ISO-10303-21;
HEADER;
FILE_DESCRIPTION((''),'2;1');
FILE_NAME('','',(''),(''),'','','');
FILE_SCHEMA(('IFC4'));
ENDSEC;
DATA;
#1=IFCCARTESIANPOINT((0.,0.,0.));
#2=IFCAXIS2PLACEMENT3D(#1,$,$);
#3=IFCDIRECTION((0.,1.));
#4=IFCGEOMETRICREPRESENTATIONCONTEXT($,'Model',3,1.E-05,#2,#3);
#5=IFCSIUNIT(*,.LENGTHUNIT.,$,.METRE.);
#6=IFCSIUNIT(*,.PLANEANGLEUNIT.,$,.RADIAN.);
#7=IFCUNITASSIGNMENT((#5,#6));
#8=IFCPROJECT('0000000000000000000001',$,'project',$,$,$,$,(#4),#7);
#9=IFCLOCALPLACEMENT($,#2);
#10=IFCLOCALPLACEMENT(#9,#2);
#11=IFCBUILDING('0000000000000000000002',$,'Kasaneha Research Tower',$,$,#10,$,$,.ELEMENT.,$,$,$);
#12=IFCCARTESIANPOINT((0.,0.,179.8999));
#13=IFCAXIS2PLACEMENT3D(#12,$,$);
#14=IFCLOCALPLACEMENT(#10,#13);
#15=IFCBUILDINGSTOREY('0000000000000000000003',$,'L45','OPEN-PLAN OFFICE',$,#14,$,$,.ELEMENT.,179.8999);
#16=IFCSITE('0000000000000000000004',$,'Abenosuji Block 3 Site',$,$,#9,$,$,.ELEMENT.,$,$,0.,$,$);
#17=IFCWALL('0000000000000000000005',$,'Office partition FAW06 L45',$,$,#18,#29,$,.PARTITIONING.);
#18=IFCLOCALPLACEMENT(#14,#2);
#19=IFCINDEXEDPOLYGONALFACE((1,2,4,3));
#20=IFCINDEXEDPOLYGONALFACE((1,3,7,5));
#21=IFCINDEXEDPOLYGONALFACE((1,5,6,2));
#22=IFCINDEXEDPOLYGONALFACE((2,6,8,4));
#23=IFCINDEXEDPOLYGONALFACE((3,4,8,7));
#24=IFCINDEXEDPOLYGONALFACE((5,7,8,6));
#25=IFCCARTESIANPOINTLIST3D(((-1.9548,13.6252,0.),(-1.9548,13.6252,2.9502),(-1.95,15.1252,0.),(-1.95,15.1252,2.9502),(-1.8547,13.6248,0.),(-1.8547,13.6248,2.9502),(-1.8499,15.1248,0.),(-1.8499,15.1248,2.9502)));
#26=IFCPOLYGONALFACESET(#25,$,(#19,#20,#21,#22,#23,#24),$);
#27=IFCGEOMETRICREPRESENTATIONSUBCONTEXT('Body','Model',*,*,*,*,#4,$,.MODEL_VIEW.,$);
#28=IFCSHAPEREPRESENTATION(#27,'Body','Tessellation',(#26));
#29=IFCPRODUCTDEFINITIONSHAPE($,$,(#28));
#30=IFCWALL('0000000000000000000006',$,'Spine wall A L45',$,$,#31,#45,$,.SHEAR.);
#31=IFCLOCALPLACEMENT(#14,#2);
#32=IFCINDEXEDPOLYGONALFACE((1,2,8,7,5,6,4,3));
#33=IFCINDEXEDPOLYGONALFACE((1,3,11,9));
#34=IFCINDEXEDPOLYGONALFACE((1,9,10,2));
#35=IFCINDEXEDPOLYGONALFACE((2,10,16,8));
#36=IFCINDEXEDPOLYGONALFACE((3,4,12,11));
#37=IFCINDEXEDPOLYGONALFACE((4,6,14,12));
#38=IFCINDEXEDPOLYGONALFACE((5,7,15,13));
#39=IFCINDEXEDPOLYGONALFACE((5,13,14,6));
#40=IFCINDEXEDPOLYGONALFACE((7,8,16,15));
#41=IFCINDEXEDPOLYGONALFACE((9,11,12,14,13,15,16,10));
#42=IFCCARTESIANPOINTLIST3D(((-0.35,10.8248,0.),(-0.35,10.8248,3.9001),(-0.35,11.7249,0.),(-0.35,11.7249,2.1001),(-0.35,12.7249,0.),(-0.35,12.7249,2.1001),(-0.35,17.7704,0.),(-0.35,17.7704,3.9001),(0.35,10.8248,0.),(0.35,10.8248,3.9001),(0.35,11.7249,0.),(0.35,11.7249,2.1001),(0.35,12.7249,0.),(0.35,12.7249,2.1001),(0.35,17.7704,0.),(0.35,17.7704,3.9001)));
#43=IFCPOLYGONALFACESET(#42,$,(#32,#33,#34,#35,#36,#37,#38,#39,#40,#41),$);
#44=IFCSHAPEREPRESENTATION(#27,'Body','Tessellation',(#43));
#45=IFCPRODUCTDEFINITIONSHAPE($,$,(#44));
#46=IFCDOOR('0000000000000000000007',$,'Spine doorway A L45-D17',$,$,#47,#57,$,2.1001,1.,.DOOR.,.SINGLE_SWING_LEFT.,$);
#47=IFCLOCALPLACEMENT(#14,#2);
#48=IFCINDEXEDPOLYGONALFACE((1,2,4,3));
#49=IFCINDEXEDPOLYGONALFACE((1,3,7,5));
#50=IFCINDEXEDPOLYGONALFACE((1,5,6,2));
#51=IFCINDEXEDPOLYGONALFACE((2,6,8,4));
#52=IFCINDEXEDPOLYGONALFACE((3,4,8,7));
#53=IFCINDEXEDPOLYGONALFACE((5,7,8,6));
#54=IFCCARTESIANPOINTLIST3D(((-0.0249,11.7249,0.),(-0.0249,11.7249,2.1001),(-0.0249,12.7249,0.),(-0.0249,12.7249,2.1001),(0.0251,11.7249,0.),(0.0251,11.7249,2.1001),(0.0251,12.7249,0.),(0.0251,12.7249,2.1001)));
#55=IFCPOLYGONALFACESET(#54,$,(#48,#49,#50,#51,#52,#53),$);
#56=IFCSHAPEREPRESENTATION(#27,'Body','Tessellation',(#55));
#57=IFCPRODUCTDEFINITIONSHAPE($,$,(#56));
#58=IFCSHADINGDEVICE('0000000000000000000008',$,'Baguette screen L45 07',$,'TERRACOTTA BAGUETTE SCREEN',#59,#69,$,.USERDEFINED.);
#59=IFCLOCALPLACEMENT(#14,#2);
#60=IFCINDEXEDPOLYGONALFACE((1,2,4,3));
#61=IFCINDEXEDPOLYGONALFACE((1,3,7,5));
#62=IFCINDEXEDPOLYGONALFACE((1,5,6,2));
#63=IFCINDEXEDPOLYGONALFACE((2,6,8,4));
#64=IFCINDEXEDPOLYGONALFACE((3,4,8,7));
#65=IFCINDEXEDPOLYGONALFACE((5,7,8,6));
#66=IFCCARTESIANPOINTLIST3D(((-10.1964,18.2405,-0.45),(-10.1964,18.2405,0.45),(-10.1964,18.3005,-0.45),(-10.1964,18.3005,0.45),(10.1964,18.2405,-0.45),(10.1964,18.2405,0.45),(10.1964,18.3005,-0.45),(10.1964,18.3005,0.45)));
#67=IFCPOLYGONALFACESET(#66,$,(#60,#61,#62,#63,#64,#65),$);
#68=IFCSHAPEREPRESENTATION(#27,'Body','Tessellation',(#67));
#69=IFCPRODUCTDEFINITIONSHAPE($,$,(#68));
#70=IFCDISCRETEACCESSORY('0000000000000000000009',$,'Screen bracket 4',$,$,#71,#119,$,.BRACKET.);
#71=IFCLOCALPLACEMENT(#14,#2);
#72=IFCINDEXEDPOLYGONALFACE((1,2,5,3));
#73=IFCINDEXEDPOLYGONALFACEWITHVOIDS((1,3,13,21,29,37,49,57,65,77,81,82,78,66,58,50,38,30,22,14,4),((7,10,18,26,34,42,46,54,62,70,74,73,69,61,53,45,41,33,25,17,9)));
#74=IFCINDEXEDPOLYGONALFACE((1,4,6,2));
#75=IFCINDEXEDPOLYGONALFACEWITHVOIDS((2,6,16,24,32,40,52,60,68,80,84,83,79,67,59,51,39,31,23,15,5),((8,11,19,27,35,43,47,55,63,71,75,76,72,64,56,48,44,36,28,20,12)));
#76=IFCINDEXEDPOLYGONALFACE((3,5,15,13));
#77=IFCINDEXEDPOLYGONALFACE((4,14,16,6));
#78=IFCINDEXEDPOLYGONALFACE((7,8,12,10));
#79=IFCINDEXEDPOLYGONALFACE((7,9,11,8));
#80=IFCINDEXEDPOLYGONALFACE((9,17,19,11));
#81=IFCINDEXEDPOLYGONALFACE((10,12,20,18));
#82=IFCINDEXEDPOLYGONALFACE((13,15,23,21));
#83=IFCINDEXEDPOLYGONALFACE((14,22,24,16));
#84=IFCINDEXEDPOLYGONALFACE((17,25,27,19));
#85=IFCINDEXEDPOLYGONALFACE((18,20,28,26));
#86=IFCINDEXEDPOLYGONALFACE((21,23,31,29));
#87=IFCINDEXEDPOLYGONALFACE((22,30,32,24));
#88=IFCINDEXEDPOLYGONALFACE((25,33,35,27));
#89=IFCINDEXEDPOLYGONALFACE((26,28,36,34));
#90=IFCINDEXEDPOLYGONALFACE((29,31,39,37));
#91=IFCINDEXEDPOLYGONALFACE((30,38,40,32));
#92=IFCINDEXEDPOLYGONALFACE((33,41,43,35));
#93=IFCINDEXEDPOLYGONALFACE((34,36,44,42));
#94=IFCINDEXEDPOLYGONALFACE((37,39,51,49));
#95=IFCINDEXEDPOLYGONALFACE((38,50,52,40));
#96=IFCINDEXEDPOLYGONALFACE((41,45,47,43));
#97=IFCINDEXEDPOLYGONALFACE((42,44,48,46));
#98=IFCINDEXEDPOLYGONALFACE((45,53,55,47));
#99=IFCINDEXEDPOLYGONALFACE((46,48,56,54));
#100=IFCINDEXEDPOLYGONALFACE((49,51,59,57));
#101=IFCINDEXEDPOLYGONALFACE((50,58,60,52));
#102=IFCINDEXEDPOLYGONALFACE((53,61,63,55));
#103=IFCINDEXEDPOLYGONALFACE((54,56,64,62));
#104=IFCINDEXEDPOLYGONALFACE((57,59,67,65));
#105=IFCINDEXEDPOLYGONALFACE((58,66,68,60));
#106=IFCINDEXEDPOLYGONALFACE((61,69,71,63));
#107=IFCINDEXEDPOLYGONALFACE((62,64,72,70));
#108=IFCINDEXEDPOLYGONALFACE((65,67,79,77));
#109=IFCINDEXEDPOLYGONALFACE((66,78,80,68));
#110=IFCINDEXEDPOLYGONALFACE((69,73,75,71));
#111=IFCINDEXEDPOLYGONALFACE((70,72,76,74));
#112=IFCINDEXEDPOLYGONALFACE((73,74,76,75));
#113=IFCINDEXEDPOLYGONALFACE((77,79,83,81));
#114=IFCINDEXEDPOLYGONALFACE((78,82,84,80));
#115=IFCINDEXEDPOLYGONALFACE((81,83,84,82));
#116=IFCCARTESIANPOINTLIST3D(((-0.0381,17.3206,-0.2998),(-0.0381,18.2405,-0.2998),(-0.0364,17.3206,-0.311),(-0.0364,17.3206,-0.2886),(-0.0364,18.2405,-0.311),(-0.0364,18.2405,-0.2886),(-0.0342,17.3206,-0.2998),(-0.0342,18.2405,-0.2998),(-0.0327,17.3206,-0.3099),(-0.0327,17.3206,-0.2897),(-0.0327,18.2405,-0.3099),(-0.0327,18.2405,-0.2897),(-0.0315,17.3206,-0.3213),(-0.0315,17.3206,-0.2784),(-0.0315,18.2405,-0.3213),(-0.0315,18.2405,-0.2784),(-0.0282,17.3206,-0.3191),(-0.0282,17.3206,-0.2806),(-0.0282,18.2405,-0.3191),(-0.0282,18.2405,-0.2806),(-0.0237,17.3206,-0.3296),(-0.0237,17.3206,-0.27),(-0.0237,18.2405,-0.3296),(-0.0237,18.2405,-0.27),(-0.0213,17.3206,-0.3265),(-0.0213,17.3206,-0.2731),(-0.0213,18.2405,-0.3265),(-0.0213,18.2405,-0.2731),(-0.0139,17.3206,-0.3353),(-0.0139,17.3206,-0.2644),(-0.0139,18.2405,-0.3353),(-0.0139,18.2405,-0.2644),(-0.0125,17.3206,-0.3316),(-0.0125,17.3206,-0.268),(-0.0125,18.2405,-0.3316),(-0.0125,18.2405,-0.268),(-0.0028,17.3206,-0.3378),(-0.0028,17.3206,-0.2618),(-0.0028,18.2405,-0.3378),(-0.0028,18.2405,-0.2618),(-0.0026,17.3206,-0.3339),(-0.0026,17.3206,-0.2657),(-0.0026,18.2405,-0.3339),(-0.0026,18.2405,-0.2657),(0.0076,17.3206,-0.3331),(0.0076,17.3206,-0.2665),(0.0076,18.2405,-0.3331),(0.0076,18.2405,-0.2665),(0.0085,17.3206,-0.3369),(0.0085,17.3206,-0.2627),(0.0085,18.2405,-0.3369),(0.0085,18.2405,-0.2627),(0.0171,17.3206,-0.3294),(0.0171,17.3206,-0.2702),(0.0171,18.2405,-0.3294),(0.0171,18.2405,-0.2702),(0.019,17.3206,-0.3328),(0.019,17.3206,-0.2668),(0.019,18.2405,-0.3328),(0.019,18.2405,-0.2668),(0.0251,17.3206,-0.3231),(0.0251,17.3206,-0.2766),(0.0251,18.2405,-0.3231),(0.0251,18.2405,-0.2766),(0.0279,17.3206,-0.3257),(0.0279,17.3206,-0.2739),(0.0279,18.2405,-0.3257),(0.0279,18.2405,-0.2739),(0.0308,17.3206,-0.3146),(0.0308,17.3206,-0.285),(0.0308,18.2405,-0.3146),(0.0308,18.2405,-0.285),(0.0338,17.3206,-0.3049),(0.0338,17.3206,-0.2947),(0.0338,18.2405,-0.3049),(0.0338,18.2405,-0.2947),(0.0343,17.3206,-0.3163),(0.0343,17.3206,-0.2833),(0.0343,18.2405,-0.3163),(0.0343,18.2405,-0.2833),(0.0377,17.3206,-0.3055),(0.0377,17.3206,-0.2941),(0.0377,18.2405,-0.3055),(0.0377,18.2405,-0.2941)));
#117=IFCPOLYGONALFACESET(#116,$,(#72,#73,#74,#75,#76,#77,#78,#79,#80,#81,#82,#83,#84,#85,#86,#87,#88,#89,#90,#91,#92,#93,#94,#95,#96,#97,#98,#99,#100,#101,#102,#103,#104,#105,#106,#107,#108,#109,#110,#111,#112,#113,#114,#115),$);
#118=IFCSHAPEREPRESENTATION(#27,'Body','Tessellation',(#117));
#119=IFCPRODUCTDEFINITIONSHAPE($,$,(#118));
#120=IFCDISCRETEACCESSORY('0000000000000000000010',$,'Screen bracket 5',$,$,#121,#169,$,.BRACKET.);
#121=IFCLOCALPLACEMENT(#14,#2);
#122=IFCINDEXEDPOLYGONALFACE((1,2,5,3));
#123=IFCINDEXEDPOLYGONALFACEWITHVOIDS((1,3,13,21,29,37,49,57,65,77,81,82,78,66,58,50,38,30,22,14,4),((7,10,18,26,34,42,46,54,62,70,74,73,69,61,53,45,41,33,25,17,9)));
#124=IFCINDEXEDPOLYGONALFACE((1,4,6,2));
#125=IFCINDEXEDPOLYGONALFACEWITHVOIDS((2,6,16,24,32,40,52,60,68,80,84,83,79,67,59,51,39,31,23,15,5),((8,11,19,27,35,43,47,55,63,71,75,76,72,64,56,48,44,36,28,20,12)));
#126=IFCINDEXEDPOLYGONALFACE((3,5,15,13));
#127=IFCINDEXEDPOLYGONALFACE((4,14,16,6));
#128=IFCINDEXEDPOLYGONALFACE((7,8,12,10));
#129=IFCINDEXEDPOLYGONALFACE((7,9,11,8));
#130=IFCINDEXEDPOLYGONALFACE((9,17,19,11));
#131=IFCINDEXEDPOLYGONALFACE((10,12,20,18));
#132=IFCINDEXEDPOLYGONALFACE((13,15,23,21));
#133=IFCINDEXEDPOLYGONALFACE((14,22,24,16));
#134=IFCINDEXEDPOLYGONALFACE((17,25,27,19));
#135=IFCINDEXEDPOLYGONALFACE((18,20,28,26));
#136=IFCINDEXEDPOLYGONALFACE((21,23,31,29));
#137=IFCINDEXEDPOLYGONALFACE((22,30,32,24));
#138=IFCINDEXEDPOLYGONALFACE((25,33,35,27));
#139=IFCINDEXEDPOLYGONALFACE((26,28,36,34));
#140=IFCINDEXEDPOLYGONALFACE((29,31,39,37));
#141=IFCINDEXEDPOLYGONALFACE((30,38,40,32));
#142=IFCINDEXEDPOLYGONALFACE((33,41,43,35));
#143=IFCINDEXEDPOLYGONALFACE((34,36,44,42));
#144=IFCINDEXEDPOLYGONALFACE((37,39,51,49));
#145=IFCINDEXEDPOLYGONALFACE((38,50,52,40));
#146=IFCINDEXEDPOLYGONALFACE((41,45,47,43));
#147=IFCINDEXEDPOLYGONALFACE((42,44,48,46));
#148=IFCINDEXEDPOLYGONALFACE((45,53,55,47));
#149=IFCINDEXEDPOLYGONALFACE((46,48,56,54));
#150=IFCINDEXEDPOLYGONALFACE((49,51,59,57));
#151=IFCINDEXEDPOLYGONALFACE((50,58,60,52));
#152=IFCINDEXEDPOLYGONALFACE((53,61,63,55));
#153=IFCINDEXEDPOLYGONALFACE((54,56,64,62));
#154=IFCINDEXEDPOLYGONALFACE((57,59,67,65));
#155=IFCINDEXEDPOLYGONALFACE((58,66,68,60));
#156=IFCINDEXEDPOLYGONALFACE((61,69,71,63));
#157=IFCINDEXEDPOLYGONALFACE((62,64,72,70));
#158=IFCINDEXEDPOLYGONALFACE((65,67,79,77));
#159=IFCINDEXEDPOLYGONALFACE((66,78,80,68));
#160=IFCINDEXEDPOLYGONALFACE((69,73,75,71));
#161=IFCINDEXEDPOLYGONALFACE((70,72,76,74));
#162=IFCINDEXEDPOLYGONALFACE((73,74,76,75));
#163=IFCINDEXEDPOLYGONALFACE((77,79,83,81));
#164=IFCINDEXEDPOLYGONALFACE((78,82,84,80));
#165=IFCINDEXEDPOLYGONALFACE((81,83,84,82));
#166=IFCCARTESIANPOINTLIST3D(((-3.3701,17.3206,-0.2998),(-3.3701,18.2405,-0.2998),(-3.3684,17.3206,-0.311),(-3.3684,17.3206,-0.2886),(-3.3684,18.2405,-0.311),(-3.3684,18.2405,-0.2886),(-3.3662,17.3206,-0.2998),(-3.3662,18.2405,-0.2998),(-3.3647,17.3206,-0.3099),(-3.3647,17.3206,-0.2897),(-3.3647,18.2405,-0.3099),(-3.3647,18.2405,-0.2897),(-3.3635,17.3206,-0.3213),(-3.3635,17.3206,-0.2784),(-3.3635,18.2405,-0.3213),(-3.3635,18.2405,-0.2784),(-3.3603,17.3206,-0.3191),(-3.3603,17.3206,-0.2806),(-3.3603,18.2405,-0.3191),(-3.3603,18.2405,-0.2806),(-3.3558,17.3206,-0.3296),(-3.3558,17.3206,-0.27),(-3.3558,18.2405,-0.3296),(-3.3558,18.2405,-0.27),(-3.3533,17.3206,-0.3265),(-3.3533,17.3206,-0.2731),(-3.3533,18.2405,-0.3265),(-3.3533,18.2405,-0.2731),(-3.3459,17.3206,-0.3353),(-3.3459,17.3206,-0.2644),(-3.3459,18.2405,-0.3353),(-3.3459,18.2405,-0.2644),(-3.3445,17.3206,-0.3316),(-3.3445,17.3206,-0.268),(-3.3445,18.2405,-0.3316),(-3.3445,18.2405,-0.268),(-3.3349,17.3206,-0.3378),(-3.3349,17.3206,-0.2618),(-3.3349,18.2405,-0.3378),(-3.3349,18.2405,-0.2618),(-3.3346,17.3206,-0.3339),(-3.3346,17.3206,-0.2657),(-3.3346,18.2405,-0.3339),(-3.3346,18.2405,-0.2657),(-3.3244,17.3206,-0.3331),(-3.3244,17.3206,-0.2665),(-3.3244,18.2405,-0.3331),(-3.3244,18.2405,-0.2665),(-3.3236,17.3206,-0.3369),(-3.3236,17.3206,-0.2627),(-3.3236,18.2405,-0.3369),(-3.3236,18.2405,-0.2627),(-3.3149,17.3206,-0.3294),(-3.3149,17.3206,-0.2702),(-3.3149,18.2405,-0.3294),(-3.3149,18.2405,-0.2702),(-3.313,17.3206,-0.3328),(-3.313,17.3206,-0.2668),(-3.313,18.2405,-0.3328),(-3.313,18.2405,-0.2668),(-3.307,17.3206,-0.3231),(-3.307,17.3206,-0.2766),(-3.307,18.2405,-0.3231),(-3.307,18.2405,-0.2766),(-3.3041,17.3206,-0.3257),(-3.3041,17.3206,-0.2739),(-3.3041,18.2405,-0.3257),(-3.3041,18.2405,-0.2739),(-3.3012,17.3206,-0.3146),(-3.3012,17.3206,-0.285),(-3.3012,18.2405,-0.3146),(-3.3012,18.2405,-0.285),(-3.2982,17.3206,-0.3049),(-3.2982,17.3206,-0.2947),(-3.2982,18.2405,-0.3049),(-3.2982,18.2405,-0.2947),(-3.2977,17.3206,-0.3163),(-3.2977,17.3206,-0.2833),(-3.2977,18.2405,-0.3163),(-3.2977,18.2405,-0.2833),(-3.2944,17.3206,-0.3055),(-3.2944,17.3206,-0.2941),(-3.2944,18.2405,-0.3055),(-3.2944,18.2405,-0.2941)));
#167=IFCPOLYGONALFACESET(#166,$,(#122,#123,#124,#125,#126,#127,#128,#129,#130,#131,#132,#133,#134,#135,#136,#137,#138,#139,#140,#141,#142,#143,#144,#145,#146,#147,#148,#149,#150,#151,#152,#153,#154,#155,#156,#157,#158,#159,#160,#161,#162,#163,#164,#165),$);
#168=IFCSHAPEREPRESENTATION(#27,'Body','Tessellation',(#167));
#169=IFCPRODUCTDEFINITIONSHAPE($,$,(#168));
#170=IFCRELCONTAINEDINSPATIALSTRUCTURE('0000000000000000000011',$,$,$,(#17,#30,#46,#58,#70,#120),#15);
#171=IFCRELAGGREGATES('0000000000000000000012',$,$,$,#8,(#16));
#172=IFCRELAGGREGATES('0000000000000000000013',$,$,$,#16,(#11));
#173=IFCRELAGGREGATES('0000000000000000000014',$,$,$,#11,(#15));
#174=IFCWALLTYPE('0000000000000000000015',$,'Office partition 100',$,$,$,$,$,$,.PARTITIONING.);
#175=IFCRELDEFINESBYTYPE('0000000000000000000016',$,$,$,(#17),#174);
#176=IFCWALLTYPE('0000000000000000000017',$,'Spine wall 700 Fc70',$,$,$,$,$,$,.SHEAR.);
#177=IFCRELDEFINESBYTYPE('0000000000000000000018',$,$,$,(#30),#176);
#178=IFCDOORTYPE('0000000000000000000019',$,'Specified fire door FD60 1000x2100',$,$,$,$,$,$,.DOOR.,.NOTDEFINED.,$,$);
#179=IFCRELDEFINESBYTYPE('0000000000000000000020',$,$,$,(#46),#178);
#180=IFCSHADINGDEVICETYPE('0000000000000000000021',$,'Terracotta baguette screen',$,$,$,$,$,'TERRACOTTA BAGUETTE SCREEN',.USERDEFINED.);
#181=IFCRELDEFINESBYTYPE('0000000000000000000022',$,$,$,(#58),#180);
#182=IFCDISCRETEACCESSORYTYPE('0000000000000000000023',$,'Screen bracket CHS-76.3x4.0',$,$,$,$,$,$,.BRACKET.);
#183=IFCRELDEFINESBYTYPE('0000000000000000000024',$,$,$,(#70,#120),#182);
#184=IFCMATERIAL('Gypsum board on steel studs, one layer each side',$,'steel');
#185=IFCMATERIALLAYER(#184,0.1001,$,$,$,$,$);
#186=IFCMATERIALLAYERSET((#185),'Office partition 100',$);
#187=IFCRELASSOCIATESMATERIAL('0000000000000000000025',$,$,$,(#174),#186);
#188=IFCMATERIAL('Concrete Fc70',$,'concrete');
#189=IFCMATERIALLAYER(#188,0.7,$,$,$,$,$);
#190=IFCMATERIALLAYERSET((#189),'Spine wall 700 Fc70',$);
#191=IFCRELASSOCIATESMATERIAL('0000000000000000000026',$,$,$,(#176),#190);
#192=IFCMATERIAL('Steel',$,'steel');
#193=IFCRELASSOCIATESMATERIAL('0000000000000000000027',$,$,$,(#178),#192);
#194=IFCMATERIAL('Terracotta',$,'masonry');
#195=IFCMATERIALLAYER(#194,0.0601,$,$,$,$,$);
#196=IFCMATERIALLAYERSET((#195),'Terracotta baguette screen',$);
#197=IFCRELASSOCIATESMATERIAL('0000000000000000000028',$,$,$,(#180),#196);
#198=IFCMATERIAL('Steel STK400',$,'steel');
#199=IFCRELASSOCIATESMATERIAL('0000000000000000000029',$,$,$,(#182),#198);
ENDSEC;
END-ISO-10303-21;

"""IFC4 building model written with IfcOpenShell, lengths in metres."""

from ifc_helpers import new_model, si_unit, direction, frame, frame_2d, origin, origin_2d, place, context, subcontext, project, spatial, rectangle, hollow_circle, extrude, material, layer, layer_set, material_profile, profile_set, type_object, element, fill, save


model = new_model("IFC4")

# Units and contexts
model_context = context("Model", 3, precision=1e-05, world=origin(), true_north=direction((0.0, 1.0)))
body_context = subcontext(model_context, "Body", "Model", "MODEL_VIEW")
ifc_project = project(units=[si_unit("LENGTHUNIT", "METRE"), si_unit("PLANEANGLEUNIT", "RADIAN")], contexts=[model_context])

# Site, building, storey
site_placement = place(None, origin())
site = spatial("IfcSite", under=ifc_project, at=site_placement, Name="Abenosuji Block 3 Site", CompositionType="ELEMENT", RefElevation=0.0)
building_placement = place(site_placement, origin())
building = spatial("IfcBuilding", under=site, at=building_placement, Name="Kasaneha Research Tower", CompositionType="ELEMENT")
storey_placement = place(building_placement, frame((0.0, 0.0, 179.8999)))
storey = spatial("IfcBuildingStorey", under=building, at=storey_placement, Name="L45", Description="OPEN-PLAN OFFICE", CompositionType="ELEMENT", Elevation=179.8999)

# Shared definitions
ifc_material_1 = material(Name="Gypsum board on steel studs, one layer each side", Category="steel")
ifc_layer_1 = layer(ifc_material_1, 0.1001)
ifc_layer_set_1 = layer_set([ifc_layer_1], Name="Office partition 100")
wall_type_1 = type_object("IfcWallType", Name="Office partition 100", PredefinedType="PARTITIONING", material=ifc_layer_set_1)

# Wall
for number, where, z_axis, x_axis, name in (
    (1, (-1.8999, 15.125, 0.0), (0.0, 0.0, 1.0), (-0.003255, -0.999995, 0.0), "Office partition FAW06 L45"),
):
    element("IfcWall", number, at=place(storey_placement, frame(where, z_axis=z_axis, x_axis=x_axis)), inside=storey, type_object=wall_type_1, Name=name, PredefinedType="PARTITIONING", context=body_context, shape_type="SweptSolid", body=[
        extrude(rectangle(XDim=1.5, YDim=0.1001, at=frame_2d((0.75, 0.0))), origin(), (0.0, 0.0, 1.0), 2.9502),
    ])

# Wall, opening, door
ifc_material_2 = material(Name="Concrete Fc70", Category="concrete")
ifc_layer_2 = layer(ifc_material_2, 0.7)
ifc_layer_set_2 = layer_set([ifc_layer_2], Name="Spine wall 700 Fc70")
wall_type_2 = type_object("IfcWallType", Name="Spine wall 700 Fc70", PredefinedType="SHEAR", material=ifc_layer_set_2)
wall_1_placement = place(storey_placement, frame((0.0, 10.825, 0.0), z_axis=(0.0, 0.0, 1.0), x_axis=(0.0, 1.0, 0.0)))
wall_1 = element("IfcWall", 2, at=wall_1_placement, inside=storey, type_object=wall_type_2, Name="Spine wall A L45", PredefinedType="SHEAR", context=body_context, shape_type="SweptSolid", body=[
    extrude(rectangle(XDim=6.9456, YDim=0.7, at=frame_2d((3.4727, 0.0))), origin(), (0.0, 0.0, 1.0), 3.9001),
])
opening_1_placement = place(wall_1_placement, frame((0.8999, 0.0, 0.0)))
opening_1 = element("IfcOpeningElement", 3, at=opening_1_placement, cuts=wall_1, PredefinedType="OPENING", context=body_context, shape_type="SweptSolid", body=[
    extrude(rectangle(XDim=1.0, YDim=2.1001, at=frame_2d((0.5, 1.05))), frame((0.0, 0.3599, 0.0), z_axis=(0.0, -1.0, 0.0), x_axis=(1.0, 0.0, 0.0)), (0.0, 0.0, 1.0), 0.72),
])
ifc_material_3 = material(Name="Steel", Category="steel")
door_type_1 = type_object("IfcDoorType", Name="Specified fire door FD60 1000x2100", OperationType="NOTDEFINED", PredefinedType="DOOR", material=ifc_material_3)
door_1_placement = place(opening_1_placement, origin())
door_1 = element("IfcDoor", 4, at=door_1_placement, inside=storey, type_object=door_type_1, Name="Spine doorway A L45-D17", OperationType="SINGLE_SWING_LEFT", OverallHeight=2.1001, OverallWidth=1.0, PredefinedType="DOOR", context=body_context, shape_type="SweptSolid", body=[
    extrude(rectangle(XDim=1.0, YDim=2.1001, at=frame_2d((0.5, 1.05))), frame((0.0, 0.0249, 0.0), z_axis=(0.0, -1.0, 0.0), x_axis=(1.0, 0.0, 0.0)), (0.0, 0.0, 1.0), 0.05),
])
fill(opening_1, door_1)

# Shading device
ifc_material_4 = material(Name="Terracotta", Category="masonry")
ifc_layer_3 = layer(ifc_material_4, 0.0601)
ifc_layer_set_3 = layer_set([ifc_layer_3], Name="Terracotta baguette screen")
shading_device_type = type_object("IfcShadingDeviceType", Name="Terracotta baguette screen", ElementType="TERRACOTTA BAGUETTE SCREEN", PredefinedType="USERDEFINED", material=ifc_layer_set_3)
shading_device_placement = place(storey_placement, frame((0.0, 18.2705, -0.45), z_axis=(0.0, 0.0, 1.0), x_axis=(-1.0, 0.0, 0.0)))
element("IfcShadingDevice", 5, at=shading_device_placement, inside=storey, type_object=shading_device_type, Name="Baguette screen L45 07", ObjectType="TERRACOTTA BAGUETTE SCREEN", PredefinedType="USERDEFINED", context=body_context, shape_type="SweptSolid", body=[
    extrude(rectangle(XDim=20.3928, YDim=0.0601, at=origin_2d()), origin(), (0.0, 0.0, 1.0), 0.8999),
])

# Discrete accessories
ifc_material_5 = material(Name="Steel STK400", Category="steel")
ifc_material_profile_1 = material_profile(ifc_material_5, hollow_circle(Radius=0.0381, WallThickness=0.0039, at=origin_2d()), Name="CHS-76.3x4.0")
ifc_profile_set_1 = profile_set([ifc_material_profile_1], Name="Steel STK400")
discrete_accessory_type = type_object("IfcDiscreteAccessoryType", Name="Screen bracket CHS-76.3x4.0", PredefinedType="BRACKET", material=ifc_profile_set_1)
for number, where, z_axis, x_axis, name in (
    (6, (0.0, 17.3206, -0.2998), (0.0, 1.0, 0.0), (-1.0, 0.0, 0.0), "Screen bracket 4"),
    (7, (-3.332, 17.3206, -0.2998), (0.0, 1.0, 0.0), (-1.0, 0.0, 0.0), "Screen bracket 5"),
):
    element("IfcDiscreteAccessory", number, at=place(storey_placement, frame(where, z_axis=z_axis, x_axis=x_axis)), inside=storey, type_object=discrete_accessory_type, Name=name, PredefinedType="BRACKET", context=body_context, shape_type="SweptSolid", body=[
        extrude(hollow_circle(Radius=0.0381, WallThickness=0.0039, at=origin_2d()), origin(), (0.0, 0.0, 1.0), 0.9199),
    ])

save(model, "model.ifc")
